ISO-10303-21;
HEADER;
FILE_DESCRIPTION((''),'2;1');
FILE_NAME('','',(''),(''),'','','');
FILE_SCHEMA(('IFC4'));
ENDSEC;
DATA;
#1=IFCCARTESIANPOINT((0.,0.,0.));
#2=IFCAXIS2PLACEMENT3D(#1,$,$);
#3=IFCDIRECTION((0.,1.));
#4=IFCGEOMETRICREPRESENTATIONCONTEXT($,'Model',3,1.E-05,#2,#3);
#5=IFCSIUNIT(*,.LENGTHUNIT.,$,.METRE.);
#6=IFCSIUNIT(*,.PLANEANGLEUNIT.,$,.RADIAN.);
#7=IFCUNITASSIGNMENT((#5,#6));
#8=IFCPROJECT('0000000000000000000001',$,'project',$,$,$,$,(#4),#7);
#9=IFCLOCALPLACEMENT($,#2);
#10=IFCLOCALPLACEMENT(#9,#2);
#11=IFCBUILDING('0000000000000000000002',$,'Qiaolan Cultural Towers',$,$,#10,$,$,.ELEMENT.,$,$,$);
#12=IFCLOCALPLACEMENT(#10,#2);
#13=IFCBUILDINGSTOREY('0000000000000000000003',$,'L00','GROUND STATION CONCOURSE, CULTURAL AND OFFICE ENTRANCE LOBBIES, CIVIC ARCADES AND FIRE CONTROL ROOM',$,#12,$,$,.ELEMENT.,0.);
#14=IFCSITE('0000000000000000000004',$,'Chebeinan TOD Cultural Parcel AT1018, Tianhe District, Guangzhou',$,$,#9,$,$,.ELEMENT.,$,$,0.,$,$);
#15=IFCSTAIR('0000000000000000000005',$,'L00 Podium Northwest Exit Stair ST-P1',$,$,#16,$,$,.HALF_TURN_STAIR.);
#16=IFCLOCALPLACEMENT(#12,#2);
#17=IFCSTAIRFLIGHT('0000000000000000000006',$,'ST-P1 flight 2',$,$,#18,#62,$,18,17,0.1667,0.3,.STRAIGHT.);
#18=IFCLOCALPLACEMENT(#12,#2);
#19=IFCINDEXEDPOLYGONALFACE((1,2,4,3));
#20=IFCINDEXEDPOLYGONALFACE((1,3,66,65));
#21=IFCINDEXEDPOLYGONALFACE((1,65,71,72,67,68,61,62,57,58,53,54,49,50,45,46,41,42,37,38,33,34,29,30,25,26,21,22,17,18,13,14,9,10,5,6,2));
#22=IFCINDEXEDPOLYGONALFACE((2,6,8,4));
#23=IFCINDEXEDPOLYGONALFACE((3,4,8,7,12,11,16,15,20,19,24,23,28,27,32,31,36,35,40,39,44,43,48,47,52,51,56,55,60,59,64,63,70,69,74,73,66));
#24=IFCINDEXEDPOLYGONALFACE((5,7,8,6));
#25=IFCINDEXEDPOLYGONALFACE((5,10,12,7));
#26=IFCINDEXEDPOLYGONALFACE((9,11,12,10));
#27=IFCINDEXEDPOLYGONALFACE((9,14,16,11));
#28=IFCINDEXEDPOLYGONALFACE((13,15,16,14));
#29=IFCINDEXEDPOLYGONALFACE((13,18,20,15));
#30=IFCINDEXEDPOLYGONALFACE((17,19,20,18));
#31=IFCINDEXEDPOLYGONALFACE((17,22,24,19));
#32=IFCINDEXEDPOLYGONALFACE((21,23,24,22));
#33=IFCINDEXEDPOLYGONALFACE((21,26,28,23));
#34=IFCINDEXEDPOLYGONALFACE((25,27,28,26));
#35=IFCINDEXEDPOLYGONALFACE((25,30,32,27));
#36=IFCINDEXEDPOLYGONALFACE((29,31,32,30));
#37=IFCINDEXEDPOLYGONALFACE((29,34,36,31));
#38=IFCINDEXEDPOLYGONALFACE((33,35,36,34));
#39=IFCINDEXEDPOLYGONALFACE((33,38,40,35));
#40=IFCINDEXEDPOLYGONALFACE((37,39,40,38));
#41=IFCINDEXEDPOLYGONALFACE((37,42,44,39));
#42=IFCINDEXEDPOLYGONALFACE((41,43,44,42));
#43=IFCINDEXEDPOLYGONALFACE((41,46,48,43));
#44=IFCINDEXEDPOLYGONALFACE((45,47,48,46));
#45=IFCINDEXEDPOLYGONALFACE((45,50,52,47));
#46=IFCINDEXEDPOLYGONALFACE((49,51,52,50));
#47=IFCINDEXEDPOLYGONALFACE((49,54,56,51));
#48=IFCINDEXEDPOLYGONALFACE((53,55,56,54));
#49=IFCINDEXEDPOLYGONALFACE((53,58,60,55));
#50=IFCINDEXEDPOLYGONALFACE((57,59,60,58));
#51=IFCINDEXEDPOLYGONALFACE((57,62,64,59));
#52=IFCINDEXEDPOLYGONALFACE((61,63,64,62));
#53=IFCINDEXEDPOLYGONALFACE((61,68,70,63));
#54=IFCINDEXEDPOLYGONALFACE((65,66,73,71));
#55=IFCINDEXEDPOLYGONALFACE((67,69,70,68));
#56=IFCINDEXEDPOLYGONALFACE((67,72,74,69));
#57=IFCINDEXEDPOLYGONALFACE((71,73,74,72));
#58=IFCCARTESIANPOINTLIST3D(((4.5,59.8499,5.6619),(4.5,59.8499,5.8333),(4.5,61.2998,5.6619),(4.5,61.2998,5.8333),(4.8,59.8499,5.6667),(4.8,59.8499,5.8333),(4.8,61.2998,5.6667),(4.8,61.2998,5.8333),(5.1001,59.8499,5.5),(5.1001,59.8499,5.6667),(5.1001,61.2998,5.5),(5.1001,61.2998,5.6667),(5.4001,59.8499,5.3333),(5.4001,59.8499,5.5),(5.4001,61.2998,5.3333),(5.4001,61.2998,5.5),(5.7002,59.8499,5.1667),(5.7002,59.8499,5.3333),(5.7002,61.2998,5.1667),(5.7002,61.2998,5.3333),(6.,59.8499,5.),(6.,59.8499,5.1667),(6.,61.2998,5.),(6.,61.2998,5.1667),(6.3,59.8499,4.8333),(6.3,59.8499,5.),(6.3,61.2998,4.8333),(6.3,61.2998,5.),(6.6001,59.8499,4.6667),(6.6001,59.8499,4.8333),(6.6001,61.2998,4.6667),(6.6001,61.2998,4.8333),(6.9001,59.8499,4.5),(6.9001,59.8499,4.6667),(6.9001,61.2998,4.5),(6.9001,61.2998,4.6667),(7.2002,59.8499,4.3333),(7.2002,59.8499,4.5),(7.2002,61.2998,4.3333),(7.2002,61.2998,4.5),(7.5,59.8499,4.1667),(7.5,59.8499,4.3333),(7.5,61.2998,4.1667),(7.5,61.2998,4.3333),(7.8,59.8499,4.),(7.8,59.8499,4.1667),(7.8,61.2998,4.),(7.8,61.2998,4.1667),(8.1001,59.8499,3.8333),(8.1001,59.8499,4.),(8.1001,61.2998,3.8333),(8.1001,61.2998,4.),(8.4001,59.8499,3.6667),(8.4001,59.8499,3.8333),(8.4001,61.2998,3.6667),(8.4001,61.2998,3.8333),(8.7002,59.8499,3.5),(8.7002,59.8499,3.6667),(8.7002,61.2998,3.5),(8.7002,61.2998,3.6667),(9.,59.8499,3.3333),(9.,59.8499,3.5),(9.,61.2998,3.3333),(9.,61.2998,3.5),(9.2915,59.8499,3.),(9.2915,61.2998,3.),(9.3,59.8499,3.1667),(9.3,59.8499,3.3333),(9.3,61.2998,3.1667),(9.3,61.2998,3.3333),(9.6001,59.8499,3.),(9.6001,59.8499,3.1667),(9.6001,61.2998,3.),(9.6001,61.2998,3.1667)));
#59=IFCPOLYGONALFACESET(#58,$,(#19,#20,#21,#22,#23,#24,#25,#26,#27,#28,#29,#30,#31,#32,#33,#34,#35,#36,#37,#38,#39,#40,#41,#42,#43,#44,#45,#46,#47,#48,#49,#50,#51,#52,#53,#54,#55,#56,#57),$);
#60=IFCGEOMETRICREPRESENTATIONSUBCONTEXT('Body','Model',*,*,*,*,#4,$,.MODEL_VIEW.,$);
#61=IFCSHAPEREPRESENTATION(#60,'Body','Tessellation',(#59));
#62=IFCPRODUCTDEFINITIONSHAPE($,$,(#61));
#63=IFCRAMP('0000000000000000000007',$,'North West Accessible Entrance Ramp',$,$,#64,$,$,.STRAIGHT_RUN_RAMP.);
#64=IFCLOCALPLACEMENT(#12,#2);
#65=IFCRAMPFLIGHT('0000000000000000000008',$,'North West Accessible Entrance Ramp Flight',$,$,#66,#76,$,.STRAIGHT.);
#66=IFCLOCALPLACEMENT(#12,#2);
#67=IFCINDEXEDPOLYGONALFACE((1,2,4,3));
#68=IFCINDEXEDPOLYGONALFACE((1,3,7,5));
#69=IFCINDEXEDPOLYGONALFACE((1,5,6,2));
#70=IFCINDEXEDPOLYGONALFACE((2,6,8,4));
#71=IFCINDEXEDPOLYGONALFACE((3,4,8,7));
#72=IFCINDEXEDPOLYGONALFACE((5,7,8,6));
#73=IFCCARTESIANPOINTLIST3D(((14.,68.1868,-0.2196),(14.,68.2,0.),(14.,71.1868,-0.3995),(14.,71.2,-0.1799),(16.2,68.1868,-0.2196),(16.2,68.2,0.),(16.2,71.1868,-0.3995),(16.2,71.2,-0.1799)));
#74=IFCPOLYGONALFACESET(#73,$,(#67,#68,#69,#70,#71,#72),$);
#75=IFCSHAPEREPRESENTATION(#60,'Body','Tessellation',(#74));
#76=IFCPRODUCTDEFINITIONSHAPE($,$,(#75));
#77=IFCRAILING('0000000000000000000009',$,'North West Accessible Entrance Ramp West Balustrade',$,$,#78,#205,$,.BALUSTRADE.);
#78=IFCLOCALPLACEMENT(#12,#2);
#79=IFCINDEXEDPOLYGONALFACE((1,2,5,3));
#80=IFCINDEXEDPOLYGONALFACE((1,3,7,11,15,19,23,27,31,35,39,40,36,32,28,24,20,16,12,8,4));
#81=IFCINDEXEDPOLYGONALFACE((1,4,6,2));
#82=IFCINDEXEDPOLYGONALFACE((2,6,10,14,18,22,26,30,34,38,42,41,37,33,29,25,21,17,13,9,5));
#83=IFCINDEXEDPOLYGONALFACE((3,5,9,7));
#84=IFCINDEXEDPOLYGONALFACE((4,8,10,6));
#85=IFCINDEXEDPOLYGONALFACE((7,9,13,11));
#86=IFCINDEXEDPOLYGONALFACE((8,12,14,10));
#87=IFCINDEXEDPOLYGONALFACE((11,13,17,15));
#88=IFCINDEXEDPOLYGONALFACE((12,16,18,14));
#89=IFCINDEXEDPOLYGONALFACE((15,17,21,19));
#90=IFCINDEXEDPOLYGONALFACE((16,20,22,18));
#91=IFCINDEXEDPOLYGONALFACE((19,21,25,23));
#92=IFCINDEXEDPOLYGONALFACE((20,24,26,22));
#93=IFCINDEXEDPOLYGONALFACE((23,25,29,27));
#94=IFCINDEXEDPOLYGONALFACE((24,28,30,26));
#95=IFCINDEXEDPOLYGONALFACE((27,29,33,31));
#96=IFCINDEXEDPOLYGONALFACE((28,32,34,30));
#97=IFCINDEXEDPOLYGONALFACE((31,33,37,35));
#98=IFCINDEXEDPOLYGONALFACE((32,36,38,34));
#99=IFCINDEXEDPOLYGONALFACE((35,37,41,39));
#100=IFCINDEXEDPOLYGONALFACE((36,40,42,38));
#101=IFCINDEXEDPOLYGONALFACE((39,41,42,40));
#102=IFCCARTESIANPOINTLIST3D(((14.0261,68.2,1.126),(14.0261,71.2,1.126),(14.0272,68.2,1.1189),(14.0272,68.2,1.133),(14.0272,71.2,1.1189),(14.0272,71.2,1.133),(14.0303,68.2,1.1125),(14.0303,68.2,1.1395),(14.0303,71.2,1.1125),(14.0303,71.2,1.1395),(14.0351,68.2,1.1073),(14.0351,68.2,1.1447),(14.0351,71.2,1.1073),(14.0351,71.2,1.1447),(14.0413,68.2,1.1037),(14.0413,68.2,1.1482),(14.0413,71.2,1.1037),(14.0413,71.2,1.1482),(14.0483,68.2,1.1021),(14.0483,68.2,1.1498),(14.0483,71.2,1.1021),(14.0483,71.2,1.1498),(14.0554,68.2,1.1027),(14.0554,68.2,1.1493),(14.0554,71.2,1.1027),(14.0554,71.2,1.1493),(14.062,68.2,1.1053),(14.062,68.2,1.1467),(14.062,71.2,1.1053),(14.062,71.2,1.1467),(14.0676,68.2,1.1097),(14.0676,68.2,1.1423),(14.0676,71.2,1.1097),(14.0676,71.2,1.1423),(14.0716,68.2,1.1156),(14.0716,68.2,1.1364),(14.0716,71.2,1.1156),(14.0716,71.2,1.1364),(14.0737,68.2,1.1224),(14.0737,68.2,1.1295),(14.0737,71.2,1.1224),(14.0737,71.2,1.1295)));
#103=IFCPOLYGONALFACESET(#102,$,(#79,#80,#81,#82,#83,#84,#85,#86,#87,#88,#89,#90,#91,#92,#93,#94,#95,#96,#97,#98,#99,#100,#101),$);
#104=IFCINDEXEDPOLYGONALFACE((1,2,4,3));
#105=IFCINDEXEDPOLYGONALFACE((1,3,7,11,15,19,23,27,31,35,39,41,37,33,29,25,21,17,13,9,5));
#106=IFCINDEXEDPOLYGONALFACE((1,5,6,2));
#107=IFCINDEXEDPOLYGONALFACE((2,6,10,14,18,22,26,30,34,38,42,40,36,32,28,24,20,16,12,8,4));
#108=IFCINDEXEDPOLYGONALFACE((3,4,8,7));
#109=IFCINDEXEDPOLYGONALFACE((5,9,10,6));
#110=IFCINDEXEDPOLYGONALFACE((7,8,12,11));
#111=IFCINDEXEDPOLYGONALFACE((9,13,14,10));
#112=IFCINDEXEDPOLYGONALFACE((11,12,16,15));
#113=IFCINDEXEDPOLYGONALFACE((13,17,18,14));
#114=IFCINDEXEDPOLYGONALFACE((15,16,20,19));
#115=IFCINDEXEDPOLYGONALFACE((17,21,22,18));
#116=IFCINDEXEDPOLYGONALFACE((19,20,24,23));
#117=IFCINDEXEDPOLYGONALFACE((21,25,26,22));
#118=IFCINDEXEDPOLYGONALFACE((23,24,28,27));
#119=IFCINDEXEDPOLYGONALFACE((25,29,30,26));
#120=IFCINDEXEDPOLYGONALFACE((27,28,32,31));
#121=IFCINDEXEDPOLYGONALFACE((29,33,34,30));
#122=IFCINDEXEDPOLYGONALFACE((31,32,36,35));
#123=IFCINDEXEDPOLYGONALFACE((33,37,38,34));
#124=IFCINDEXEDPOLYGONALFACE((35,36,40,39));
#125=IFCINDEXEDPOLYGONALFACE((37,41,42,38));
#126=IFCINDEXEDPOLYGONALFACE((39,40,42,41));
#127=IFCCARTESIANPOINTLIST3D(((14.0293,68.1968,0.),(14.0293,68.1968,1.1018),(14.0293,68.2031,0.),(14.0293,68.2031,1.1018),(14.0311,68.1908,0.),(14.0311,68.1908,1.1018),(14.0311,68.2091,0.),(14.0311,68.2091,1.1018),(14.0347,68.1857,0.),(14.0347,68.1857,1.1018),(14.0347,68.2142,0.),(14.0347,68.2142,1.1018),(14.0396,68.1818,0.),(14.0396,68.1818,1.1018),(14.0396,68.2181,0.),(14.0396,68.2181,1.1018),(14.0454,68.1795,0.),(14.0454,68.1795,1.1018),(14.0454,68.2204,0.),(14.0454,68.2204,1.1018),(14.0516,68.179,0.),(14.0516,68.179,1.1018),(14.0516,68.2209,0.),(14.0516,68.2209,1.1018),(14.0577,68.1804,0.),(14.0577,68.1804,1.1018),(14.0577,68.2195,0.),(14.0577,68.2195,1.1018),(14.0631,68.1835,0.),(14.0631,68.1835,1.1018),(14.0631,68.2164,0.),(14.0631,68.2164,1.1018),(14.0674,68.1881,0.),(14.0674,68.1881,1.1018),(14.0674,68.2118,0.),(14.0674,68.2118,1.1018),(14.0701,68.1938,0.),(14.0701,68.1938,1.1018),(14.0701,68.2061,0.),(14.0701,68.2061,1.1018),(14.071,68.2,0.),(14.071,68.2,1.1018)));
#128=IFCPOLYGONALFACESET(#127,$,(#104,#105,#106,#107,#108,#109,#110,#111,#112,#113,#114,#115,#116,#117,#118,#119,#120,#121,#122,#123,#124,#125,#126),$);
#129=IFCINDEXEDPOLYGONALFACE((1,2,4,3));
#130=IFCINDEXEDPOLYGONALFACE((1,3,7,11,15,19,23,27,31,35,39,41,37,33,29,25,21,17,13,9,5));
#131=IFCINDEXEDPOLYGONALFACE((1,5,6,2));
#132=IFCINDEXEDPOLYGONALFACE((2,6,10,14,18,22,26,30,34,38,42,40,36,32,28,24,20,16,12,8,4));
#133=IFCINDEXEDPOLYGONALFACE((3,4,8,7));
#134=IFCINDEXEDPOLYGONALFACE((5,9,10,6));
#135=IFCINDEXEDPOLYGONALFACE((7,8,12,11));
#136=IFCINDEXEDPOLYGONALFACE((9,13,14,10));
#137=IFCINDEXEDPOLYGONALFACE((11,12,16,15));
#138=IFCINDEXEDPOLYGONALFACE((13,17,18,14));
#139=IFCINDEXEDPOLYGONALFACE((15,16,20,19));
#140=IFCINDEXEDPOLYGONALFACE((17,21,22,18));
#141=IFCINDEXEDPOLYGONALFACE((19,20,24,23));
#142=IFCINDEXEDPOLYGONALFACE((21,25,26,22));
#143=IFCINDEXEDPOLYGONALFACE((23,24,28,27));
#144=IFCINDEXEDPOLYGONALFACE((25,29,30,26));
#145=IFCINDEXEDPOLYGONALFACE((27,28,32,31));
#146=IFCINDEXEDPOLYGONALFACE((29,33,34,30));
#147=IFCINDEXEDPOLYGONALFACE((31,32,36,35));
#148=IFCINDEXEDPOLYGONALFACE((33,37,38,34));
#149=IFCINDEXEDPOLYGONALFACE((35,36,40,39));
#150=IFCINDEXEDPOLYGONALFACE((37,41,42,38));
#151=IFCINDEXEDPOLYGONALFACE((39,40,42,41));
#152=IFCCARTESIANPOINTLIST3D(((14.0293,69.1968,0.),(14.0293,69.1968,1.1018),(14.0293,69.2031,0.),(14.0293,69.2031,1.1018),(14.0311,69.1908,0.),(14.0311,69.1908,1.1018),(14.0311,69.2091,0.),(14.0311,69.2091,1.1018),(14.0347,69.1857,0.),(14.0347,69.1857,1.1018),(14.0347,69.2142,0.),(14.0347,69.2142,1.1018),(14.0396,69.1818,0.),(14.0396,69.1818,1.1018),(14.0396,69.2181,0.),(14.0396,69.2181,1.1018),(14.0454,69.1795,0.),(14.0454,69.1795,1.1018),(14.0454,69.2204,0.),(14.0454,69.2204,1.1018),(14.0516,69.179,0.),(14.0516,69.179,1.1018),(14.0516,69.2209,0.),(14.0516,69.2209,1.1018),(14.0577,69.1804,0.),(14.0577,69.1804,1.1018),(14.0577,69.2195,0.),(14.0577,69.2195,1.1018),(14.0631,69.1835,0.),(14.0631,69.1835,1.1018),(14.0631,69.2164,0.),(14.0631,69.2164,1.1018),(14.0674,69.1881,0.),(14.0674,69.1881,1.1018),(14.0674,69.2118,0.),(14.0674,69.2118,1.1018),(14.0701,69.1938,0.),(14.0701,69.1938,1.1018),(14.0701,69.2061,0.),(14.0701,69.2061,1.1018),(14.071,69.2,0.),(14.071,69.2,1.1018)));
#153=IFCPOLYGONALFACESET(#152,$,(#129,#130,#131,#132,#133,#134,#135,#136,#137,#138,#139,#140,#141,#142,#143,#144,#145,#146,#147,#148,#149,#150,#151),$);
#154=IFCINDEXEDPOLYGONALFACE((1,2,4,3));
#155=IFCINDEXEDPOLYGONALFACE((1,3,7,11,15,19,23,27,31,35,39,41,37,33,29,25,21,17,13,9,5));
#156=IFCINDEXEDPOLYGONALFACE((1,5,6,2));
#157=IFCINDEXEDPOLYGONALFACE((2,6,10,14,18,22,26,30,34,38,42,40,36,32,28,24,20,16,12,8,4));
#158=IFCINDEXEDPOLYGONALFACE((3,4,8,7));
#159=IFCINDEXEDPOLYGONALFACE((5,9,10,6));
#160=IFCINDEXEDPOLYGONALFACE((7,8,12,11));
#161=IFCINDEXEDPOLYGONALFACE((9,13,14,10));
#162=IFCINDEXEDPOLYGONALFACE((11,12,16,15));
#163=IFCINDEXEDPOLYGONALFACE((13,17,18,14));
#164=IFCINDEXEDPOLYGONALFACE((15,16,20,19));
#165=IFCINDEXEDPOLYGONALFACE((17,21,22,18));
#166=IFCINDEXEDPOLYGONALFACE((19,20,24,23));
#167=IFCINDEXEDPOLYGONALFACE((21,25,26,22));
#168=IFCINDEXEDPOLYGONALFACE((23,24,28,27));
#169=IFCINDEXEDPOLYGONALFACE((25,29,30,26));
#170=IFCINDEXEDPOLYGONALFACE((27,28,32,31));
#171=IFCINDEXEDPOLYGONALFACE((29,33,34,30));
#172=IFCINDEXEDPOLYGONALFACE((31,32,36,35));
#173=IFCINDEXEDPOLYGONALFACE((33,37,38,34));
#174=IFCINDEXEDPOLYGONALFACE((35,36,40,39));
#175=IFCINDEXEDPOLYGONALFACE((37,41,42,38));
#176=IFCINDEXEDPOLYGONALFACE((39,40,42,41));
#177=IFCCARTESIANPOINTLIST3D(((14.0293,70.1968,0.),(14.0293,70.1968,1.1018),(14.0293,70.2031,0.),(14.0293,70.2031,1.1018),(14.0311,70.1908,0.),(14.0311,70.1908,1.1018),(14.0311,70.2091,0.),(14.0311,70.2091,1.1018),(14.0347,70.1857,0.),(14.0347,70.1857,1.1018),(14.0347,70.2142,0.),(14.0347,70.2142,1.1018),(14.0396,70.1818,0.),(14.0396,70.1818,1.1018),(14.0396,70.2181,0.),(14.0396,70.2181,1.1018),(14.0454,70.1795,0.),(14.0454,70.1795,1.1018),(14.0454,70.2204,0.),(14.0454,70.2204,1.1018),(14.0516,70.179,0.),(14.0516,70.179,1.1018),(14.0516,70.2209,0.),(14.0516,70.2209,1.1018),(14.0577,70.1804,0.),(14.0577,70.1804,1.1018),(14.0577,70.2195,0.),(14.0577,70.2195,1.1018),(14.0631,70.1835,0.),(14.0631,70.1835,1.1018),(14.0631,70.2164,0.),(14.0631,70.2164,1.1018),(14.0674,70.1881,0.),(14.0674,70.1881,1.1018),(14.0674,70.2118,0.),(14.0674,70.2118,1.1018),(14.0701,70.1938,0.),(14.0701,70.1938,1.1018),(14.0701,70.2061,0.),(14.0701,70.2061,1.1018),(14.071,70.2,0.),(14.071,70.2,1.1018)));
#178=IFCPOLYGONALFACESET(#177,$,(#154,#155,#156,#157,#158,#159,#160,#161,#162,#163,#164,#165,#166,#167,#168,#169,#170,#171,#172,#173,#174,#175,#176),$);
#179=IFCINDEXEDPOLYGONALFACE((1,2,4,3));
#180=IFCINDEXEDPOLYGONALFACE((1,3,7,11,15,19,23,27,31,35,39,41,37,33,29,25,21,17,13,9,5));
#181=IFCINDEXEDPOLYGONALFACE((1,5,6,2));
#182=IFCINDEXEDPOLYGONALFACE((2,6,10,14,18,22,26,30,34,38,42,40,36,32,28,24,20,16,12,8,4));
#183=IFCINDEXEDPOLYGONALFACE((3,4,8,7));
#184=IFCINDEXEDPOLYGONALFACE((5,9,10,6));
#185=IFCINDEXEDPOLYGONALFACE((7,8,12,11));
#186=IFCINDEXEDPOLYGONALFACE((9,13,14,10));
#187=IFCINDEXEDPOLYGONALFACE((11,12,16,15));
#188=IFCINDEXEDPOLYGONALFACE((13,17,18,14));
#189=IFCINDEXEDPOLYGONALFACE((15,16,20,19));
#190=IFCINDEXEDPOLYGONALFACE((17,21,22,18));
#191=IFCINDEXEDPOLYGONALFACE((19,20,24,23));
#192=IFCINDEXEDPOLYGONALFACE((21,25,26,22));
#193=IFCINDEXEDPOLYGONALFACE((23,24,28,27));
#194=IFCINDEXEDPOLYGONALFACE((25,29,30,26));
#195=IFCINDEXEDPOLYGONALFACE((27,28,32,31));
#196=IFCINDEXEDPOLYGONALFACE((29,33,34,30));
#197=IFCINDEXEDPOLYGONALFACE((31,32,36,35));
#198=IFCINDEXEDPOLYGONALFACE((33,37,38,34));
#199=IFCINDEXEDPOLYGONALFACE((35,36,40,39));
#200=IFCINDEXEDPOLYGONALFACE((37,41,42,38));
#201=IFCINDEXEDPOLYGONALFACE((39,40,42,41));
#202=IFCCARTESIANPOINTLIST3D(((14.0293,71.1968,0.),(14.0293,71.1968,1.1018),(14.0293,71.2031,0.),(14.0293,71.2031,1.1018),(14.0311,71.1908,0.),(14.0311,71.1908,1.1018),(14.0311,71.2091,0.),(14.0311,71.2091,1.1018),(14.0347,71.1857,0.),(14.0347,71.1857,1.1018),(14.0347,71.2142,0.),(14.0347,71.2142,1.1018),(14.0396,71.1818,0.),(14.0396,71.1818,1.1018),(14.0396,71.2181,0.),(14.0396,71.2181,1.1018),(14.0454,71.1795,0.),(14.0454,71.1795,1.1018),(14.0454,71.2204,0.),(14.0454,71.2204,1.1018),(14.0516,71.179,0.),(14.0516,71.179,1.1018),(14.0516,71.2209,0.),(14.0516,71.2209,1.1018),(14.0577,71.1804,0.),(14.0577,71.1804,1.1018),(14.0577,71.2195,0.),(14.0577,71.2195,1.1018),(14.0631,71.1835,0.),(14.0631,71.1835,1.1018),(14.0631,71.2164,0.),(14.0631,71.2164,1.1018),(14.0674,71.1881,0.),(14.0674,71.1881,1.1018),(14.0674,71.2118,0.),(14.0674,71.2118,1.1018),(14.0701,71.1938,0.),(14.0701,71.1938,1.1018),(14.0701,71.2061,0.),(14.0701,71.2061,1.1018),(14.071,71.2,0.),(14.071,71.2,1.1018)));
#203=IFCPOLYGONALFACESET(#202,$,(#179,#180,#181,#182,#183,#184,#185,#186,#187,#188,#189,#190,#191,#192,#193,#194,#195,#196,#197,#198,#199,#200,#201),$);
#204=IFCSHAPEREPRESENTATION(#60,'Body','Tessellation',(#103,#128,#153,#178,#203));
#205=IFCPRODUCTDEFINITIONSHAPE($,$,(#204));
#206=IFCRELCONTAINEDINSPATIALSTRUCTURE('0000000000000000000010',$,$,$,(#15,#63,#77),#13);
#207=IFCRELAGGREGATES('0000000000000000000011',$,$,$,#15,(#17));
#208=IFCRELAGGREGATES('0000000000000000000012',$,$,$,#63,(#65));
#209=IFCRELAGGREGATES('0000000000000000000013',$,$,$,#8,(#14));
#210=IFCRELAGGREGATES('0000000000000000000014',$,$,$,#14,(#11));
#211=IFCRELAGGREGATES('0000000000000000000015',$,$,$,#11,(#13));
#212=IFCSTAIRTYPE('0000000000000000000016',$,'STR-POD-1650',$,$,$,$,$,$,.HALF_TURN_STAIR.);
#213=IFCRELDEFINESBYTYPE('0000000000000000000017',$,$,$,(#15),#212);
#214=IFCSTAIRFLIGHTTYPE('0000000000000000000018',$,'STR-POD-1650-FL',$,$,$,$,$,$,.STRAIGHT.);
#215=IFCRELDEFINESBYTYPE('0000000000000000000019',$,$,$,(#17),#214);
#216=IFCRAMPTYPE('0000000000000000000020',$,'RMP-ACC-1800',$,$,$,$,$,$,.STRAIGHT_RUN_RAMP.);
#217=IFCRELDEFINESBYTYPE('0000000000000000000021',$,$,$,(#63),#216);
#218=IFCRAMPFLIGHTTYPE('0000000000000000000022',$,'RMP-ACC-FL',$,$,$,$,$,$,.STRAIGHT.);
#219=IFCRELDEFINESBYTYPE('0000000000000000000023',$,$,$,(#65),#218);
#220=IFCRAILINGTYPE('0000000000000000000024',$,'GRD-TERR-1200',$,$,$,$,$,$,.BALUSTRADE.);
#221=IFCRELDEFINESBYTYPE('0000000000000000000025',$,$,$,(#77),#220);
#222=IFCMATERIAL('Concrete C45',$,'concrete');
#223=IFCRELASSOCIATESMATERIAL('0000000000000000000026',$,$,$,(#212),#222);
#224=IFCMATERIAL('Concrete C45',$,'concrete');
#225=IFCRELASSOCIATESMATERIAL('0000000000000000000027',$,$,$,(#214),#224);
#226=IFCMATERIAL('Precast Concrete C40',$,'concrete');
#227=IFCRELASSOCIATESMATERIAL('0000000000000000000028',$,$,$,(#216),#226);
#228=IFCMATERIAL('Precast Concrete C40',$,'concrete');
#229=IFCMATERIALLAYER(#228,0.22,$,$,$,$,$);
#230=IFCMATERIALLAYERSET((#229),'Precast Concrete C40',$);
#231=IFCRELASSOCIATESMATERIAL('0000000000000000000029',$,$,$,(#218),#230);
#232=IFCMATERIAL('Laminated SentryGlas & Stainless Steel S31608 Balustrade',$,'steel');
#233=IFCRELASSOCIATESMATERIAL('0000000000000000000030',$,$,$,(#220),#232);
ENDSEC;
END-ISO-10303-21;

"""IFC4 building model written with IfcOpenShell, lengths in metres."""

from ifc_helpers import new_model, si_unit, direction, frame, origin, origin_2d, place, context, subcontext, project, spatial, polyline, circle, outline, extrude, material, layer, layer_set, type_object, element, aggregate, save


model = new_model("IFC4")

# Units and contexts
model_context = context("Model", 3, precision=1e-05, world=origin(), true_north=direction((0.0, 1.0)))
body_context = subcontext(model_context, "Body", "Model", "MODEL_VIEW")
ifc_project = project(units=[si_unit("LENGTHUNIT", "METRE"), si_unit("PLANEANGLEUNIT", "RADIAN")], contexts=[model_context])

# Site, building, storey
site_placement = place(None, origin())
site = spatial("IfcSite", under=ifc_project, at=site_placement, Name="Chebeinan TOD Cultural Parcel AT1018, Tianhe District, Guangzhou", CompositionType="ELEMENT", RefElevation=0.0)
building_placement = place(site_placement, origin())
building = spatial("IfcBuilding", under=site, at=building_placement, Name="Qiaolan Cultural Towers", CompositionType="ELEMENT")
storey_placement = place(building_placement, origin())
storey = spatial("IfcBuildingStorey", under=building, at=storey_placement, Name="L00", Description="GROUND STATION CONCOURSE, CULTURAL AND OFFICE ENTRANCE LOBBIES, CIVIC ARCADES AND FIRE CONTROL ROOM", CompositionType="ELEMENT", Elevation=0.0)

# Stair, stair flight
ifc_material_1 = material(Name="Concrete C45", Category="concrete")
stair_type = type_object("IfcStairType", Name="STR-POD-1650", PredefinedType="HALF_TURN_STAIR", material=ifc_material_1)
stair_placement = place(storey_placement, origin())
stair = element("IfcStair", 1, at=stair_placement, inside=storey, type_object=stair_type, Name="L00 Podium Northwest Exit Stair ST-P1", PredefinedType="HALF_TURN_STAIR")
ifc_material_2 = material(Name="Concrete C45", Category="concrete")
stair_flight_type = type_object("IfcStairFlightType", Name="STR-POD-1650-FL", PredefinedType="STRAIGHT", material=ifc_material_2)
stair_flight_placement = place(storey_placement, frame((9.6001, 60.575, 3.0), z_axis=(0.0, 0.0, 1.0), x_axis=(-1.0, 0.0, 0.0)))
stair_flight = element("IfcStairFlight", 2, at=stair_flight_placement, type_object=stair_flight_type, Name="ST-P1 flight 2", NumberOfRisers=18, NumberOfTreads=17, PredefinedType="STRAIGHT", RiserHeight=0.1667, TreadLength=0.3, context=body_context, shape_type="SweptSolid", body=[
    extrude(outline(polyline([(0.0, 0.0), (0.0, 0.1667), (0.3, 0.1667), (0.3, 0.3333), (0.6001, 0.3333), (0.6001, 0.5), (0.8999, 0.5), (0.8999, 0.6667), (1.2, 0.6667), (1.2, 0.8333), (1.5, 0.8333), (1.5, 1.0), (1.8, 1.0), (1.8, 1.1667), (2.1001, 1.1667), (2.1001, 1.3333), (2.3999, 1.3333), (2.3999, 1.5), (2.7, 1.5), (2.7, 1.6667), (3.0, 1.6667), (3.0, 1.8333), (3.3, 1.8333), (3.3, 2.0), (3.6001, 2.0), (3.6001, 2.1667), (3.8999, 2.1667), (3.8999, 2.3333), (4.2, 2.3333), (4.2, 2.5), (4.5, 2.5), (4.5, 2.6667), (4.8, 2.6667), (4.8, 2.8333), (5.1001, 2.8333), (5.1001, 3.0), (5.1001, 2.6619), (0.3086, 0.0), (0.0, 0.0)])), frame((0.0, 0.7251, 0.0), z_axis=(0.0, -1.0, 0.0), x_axis=(1.0, 0.0, 0.0)), (0.0, 0.0, 1.0), 1.45),
])
aggregate(stair, [stair_flight])

# Ramp, ramp flight
ifc_material_3 = material(Name="Precast Concrete C40", Category="concrete")
ramp_type = type_object("IfcRampType", Name="RMP-ACC-1800", PredefinedType="STRAIGHT_RUN_RAMP", material=ifc_material_3)
ramp_placement = place(storey_placement, origin())
ramp = element("IfcRamp", 3, at=ramp_placement, inside=storey, type_object=ramp_type, Name="North West Accessible Entrance Ramp", PredefinedType="STRAIGHT_RUN_RAMP")
ifc_material_4 = material(Name="Precast Concrete C40", Category="concrete")
ifc_layer_1 = layer(ifc_material_4, 0.22)
ifc_layer_set_1 = layer_set([ifc_layer_1], Name="Precast Concrete C40")
ramp_flight_type = type_object("IfcRampFlightType", Name="RMP-ACC-FL", PredefinedType="STRAIGHT", material=ifc_layer_set_1)
ramp_flight_placement = place(storey_placement, frame((14.0, 68.2, 0.0), z_axis=(0.0, 0.05987, 0.998206), x_axis=(1.0, 0.0, 0.0)))
ramp_flight = element("IfcRampFlight", 4, at=ramp_flight_placement, type_object=ramp_flight_type, Name="North West Accessible Entrance Ramp Flight", PredefinedType="STRAIGHT", context=body_context, shape_type="SweptSolid", body=[
    extrude(outline(polyline([(0.0, 0.0), (2.2, 0.0), (2.2, 3.0054), (0.0, 3.0054), (0.0, 0.0)])), origin(), (0.0, 0.0, -1.0), 0.22),
])
aggregate(ramp, [ramp_flight])

# Railing
ifc_material_5 = material(Name="Laminated SentryGlas & Stainless Steel S31608 Balustrade", Category="steel")
railing_type_1 = type_object("IfcRailingType", Name="GRD-TERR-1200", PredefinedType="BALUSTRADE", material=ifc_material_5)
for number, where, name in (
    (5, (14.05, 68.2, 0.0), "North West Accessible Entrance Ramp West Balustrade"),
):
    element("IfcRailing", number, at=place(storey_placement, frame(where)), inside=storey, type_object=railing_type_1, Name=name, PredefinedType="BALUSTRADE", context=body_context, shape_type="SweptSolid", body=[
        extrude(circle(Radius=0.0239, at=origin_2d()), frame((0.0, 0.0, 1.126), z_axis=(0.0, 1.0, 0.0), x_axis=(-1.0, 0.0, 0.0)), (0.0, 0.0, 1.0), 3.0),
        extrude(circle(Radius=0.021, at=origin_2d()), origin(), (0.0, 0.0, 1.0), 1.1018),
        extrude(circle(Radius=0.021, at=origin_2d()), frame((0.0, 1.0, 0.0)), (0.0, 0.0, 1.0), 1.1018),
        extrude(circle(Radius=0.021, at=origin_2d()), frame((0.0, 2.0, 0.0)), (0.0, 0.0, 1.0), 1.1018),
        extrude(circle(Radius=0.021, at=origin_2d()), frame((0.0, 3.0, 0.0)), (0.0, 0.0, 1.0), 1.1018),
    ])

save(model, "model.ifc")
